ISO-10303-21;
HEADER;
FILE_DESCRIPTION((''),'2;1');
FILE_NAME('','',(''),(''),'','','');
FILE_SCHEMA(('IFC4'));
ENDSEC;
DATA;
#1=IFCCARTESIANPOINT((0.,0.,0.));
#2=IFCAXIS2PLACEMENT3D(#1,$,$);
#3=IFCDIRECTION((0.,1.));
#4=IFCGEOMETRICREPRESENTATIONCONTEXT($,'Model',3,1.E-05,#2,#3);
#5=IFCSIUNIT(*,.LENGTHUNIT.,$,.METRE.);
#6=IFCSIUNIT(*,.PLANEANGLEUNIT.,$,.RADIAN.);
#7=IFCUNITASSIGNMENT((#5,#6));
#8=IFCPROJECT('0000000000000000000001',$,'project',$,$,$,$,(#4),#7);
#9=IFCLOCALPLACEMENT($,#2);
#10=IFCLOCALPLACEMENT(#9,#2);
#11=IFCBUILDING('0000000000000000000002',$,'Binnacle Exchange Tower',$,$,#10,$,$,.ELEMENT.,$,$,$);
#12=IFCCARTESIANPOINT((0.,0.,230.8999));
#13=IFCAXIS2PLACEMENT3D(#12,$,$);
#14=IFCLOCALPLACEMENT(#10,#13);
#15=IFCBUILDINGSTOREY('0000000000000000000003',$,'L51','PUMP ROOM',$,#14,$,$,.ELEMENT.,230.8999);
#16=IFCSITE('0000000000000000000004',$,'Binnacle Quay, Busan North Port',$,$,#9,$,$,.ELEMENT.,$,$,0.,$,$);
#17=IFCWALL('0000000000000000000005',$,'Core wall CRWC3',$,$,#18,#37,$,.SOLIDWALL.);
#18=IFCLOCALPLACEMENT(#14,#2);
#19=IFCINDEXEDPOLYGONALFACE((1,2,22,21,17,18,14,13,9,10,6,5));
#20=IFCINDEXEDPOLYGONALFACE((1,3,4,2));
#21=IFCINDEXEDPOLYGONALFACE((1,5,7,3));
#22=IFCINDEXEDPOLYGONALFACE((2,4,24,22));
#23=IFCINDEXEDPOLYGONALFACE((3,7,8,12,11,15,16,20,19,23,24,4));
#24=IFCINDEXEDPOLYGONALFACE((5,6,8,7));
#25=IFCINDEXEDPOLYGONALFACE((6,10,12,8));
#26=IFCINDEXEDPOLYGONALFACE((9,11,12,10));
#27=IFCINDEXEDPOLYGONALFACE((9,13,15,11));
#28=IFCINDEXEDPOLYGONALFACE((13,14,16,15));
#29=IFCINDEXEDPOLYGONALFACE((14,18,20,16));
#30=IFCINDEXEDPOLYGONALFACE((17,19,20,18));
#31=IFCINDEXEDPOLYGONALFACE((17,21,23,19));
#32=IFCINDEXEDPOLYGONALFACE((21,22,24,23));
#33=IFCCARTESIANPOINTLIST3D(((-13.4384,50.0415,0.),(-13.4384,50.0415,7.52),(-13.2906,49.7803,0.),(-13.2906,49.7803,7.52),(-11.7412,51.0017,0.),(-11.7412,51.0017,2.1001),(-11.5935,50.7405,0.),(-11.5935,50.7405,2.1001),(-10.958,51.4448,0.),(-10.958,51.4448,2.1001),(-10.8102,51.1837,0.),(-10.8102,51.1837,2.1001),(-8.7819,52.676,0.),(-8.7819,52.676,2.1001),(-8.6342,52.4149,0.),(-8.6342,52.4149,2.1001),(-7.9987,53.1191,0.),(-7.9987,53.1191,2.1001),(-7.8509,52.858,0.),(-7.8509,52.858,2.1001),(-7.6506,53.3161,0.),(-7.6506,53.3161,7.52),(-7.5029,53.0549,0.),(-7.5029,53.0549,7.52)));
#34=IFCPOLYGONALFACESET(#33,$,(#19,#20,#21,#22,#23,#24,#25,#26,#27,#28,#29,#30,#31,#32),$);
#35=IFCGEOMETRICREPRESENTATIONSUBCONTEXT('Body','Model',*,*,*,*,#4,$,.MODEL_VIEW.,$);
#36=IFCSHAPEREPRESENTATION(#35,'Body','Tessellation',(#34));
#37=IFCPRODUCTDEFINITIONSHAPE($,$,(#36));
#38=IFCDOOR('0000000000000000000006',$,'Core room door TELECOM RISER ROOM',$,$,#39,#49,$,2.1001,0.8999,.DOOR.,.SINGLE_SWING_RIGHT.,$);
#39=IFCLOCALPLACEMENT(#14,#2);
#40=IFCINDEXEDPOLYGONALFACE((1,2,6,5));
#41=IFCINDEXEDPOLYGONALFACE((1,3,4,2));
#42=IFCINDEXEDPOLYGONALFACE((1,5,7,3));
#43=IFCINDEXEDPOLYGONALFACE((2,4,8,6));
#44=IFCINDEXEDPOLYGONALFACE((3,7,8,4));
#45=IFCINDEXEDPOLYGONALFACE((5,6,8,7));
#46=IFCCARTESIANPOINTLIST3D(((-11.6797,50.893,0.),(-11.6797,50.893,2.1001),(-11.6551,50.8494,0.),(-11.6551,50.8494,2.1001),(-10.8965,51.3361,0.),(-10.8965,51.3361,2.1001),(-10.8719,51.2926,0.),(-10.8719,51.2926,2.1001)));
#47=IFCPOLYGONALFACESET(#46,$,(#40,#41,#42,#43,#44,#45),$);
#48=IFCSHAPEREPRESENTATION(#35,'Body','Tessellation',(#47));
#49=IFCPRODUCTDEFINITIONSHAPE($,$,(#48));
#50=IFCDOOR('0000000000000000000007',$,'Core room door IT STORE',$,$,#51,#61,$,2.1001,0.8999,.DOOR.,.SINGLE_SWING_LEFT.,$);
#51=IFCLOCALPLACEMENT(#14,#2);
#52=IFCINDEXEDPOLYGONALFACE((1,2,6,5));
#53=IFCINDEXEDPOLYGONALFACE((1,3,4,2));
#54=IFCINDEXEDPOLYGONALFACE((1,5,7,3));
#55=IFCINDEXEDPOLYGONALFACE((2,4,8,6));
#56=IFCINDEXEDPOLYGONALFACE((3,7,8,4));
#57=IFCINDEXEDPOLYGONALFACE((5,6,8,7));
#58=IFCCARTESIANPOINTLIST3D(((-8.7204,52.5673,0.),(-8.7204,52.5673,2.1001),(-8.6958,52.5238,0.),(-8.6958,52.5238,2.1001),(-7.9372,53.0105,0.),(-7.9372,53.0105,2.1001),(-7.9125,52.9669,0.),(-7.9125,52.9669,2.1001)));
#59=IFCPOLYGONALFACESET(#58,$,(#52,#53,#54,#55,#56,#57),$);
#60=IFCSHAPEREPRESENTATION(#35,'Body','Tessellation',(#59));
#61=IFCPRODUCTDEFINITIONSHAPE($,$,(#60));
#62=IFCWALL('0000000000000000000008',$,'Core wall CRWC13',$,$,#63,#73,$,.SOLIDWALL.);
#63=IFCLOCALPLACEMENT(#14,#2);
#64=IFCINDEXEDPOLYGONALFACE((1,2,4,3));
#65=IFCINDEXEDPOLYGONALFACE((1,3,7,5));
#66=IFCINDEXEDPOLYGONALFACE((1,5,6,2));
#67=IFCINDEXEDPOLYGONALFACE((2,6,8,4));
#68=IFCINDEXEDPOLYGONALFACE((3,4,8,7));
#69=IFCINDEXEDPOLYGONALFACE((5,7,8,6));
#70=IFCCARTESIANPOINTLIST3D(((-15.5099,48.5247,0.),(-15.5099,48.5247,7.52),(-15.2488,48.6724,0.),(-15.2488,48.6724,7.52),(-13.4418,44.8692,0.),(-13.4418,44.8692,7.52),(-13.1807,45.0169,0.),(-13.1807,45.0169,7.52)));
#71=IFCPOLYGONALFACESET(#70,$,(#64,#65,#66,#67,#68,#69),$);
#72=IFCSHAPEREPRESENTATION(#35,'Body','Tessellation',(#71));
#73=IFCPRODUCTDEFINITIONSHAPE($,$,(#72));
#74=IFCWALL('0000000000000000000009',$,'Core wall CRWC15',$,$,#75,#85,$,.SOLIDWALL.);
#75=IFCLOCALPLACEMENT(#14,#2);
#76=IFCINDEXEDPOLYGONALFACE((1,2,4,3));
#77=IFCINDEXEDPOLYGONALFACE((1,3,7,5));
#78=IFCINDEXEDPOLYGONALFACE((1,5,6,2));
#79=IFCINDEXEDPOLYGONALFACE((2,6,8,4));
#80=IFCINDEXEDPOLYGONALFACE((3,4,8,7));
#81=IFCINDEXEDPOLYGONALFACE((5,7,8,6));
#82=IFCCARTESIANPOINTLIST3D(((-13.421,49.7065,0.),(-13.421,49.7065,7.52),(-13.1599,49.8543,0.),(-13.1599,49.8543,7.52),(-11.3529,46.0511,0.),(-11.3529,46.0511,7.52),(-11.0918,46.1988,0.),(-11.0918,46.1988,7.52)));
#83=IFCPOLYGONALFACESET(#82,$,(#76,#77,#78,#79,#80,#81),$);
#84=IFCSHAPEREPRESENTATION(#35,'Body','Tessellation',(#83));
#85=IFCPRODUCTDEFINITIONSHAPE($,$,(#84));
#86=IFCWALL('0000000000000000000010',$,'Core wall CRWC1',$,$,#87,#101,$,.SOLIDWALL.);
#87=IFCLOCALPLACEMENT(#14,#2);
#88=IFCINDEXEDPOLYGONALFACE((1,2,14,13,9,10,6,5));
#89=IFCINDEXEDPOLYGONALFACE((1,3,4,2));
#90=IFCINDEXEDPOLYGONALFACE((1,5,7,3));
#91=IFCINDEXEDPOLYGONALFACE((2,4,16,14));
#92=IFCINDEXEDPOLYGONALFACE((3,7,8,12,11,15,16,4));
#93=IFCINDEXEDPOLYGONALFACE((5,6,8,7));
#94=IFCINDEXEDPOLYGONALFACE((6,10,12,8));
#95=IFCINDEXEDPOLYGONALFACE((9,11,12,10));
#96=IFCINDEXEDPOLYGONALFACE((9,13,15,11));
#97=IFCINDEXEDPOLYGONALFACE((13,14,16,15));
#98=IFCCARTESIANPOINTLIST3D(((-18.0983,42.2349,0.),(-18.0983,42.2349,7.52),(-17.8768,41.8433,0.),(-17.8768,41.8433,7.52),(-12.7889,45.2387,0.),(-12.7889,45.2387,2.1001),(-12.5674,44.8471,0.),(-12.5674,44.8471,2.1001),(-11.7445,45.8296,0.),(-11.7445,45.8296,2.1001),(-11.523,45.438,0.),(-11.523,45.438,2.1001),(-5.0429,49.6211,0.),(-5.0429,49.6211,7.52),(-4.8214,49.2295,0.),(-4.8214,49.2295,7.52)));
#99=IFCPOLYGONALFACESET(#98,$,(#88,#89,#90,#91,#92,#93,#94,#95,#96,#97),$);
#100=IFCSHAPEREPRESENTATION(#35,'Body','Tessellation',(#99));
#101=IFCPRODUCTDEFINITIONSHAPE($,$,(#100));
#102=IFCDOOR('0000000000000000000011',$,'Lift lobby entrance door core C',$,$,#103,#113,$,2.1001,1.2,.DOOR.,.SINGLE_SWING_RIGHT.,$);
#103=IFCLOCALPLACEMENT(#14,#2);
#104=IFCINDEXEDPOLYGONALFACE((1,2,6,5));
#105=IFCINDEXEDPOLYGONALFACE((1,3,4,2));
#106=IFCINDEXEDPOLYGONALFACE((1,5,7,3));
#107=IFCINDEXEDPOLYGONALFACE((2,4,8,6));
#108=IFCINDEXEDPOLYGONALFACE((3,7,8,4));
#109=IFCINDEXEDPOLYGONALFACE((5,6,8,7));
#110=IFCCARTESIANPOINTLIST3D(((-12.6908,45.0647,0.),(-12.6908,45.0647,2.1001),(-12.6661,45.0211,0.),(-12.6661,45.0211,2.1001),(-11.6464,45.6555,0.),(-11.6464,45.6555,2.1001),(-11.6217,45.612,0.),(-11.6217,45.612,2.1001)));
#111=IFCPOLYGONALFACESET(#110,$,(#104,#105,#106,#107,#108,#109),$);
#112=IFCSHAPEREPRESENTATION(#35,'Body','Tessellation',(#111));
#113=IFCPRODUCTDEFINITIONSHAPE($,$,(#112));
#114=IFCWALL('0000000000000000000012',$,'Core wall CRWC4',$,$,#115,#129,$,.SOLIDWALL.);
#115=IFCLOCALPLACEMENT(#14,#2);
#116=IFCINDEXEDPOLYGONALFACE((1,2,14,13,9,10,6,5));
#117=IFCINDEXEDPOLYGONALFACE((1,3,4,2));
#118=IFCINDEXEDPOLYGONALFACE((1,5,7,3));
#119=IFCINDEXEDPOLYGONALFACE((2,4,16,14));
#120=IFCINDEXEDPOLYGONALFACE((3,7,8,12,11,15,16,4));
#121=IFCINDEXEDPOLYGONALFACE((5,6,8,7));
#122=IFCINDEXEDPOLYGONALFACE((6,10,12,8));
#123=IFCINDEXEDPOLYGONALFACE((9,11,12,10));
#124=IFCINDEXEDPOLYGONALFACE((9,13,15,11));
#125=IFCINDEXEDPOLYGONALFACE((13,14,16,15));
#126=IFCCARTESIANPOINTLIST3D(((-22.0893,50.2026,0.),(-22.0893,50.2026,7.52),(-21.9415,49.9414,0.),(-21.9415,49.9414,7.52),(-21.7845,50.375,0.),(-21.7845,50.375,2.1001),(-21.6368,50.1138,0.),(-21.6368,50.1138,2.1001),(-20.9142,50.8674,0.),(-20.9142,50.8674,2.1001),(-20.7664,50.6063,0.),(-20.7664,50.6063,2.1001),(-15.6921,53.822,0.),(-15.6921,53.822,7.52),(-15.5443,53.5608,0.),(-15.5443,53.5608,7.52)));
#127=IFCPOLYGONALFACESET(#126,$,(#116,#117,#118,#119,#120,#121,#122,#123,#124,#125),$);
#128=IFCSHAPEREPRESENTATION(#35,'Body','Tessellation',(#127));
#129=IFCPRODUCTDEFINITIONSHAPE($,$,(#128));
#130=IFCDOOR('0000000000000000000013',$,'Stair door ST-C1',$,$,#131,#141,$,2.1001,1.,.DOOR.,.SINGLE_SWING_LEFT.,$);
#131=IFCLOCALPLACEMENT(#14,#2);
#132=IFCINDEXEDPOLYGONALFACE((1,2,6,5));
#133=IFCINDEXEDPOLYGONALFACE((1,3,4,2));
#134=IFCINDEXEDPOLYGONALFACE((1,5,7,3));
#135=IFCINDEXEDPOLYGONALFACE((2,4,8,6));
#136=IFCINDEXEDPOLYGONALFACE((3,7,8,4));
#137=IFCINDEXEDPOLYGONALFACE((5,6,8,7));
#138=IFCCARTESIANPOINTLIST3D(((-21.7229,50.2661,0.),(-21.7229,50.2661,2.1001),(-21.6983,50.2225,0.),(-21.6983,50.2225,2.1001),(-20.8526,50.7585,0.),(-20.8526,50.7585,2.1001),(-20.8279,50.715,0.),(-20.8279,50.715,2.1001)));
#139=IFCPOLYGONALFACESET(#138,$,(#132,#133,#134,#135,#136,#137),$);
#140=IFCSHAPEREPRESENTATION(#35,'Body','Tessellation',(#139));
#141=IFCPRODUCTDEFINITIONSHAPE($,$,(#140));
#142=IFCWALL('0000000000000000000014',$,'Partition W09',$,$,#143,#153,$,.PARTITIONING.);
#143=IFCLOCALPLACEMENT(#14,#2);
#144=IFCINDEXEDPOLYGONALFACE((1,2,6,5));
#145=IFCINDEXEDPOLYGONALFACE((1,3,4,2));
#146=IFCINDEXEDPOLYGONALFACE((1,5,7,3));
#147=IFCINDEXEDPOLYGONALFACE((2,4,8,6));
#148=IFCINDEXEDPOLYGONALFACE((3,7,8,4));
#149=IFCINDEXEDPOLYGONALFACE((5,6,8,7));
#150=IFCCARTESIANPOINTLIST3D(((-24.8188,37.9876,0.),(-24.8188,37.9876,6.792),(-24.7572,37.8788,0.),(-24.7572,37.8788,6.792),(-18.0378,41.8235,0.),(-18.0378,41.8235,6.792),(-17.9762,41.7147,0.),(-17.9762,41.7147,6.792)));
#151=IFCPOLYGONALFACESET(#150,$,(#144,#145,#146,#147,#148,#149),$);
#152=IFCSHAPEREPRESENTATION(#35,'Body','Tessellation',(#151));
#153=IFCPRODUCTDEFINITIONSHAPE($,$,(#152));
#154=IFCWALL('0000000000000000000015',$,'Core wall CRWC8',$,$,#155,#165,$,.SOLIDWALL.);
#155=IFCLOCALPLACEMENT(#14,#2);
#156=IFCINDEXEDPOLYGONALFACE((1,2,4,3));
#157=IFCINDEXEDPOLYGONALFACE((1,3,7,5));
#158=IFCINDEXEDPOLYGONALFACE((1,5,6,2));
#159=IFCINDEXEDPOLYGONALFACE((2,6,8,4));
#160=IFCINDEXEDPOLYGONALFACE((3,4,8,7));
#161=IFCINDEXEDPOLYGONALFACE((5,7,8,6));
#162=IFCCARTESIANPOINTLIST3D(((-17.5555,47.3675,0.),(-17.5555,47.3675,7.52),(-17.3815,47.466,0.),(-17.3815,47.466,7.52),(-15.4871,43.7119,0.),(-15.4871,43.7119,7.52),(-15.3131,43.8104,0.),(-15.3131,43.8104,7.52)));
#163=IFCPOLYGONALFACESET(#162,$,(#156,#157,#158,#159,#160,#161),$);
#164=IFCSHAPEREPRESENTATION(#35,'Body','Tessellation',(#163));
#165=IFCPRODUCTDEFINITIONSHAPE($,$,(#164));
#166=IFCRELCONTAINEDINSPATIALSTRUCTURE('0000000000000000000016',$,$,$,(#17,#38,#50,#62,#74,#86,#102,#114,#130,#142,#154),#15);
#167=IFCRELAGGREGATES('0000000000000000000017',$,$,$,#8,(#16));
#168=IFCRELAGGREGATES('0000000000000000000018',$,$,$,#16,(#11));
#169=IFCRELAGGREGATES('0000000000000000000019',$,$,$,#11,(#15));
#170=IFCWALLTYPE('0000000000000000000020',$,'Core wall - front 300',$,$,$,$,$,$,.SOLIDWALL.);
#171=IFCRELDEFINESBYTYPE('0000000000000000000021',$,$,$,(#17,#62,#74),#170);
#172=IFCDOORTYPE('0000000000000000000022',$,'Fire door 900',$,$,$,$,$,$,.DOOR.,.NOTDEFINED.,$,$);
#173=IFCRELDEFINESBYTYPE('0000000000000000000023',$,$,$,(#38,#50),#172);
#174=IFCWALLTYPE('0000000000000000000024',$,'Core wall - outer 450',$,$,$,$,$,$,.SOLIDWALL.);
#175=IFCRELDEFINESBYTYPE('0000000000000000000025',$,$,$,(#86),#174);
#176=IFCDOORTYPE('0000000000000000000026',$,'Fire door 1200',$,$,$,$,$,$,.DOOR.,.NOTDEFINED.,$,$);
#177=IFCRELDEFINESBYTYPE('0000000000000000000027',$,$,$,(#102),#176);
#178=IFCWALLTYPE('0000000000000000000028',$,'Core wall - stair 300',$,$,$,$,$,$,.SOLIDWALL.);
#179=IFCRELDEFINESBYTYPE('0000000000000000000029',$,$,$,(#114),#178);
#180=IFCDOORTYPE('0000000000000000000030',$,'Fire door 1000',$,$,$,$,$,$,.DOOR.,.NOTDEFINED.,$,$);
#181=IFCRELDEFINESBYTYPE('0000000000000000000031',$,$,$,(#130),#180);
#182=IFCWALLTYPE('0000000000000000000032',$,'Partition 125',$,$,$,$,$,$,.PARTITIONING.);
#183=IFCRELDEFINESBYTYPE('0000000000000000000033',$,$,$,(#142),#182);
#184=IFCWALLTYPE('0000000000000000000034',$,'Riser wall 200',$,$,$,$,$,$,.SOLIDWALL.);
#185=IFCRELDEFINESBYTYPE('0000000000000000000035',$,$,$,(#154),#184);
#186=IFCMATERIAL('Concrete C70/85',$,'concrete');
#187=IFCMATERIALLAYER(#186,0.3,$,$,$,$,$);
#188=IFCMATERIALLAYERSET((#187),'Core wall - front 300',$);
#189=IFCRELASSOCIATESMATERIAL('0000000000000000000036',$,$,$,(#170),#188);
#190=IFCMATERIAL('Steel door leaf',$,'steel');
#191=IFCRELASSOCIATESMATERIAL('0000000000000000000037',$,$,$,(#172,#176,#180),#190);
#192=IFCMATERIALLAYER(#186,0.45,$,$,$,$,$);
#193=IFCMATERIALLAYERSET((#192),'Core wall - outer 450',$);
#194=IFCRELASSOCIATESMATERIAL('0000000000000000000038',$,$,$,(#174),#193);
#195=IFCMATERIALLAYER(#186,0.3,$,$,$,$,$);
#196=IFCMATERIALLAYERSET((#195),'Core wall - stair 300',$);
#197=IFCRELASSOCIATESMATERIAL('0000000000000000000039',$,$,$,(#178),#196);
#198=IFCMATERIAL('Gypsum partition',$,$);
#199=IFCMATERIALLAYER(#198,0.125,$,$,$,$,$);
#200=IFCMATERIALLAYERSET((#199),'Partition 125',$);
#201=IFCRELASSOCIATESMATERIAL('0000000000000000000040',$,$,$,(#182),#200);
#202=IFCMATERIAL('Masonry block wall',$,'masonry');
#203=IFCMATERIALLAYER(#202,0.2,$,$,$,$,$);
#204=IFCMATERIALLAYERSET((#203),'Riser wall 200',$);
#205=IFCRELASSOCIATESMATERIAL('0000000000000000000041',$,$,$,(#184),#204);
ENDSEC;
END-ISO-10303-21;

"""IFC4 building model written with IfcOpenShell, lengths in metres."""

from ifc_helpers import new_model, si_unit, direction, frame, frame_2d, origin, place, context, subcontext, project, spatial, rectangle, extrude, material, layer, layer_set, type_object, element, fill, save


model = new_model("IFC4")

# Units and contexts
model_context = context("Model", 3, precision=1e-05, world=origin(), true_north=direction((0.0, 1.0)))
body_context = subcontext(model_context, "Body", "Model", "MODEL_VIEW")
ifc_project = project(units=[si_unit("LENGTHUNIT", "METRE"), si_unit("PLANEANGLEUNIT", "RADIAN")], contexts=[model_context])

# Site, building, storey
site_placement = place(None, origin())
site = spatial("IfcSite", under=ifc_project, at=site_placement, Name="Binnacle Quay, Busan North Port", CompositionType="ELEMENT", RefElevation=0.0)
building_placement = place(site_placement, origin())
building = spatial("IfcBuilding", under=site, at=building_placement, Name="Binnacle Exchange Tower", CompositionType="ELEMENT")
storey_placement = place(building_placement, frame((0.0, 0.0, 230.8999)))
storey = spatial("IfcBuildingStorey", under=building, at=storey_placement, Name="L51", Description="PUMP ROOM", CompositionType="ELEMENT", Elevation=230.8999)

# Shared definitions
ifc_material_1 = material(Name="Concrete C70/85", Category="concrete")
ifc_layer_1 = layer(ifc_material_1, 0.3)
ifc_layer_set_1 = layer_set([ifc_layer_1], Name="Core wall - front 300")
wall_type_1 = type_object("IfcWallType", Name="Core wall - front 300", PredefinedType="SOLIDWALL", material=ifc_layer_set_1)
ifc_material_2 = material(Name="Steel door leaf", Category="steel")
door_type_1 = type_object("IfcDoorType", Name="Fire door 900", OperationType="NOTDEFINED", PredefinedType="DOOR", material=ifc_material_2)

# Wall, openings, doors
wall_1_placement = place(storey_placement, frame((-13.3645, 49.9109, 0.0), z_axis=(0.0, 0.0, 1.0), x_axis=(0.870352, 0.49243, 0.0)))
wall_1 = element("IfcWall", 1, at=wall_1_placement, inside=storey, type_object=wall_type_1, Name="Core wall CRWC3", PredefinedType="SOLIDWALL", context=body_context, shape_type="SweptSolid", body=[
    extrude(rectangle(XDim=6.6499, YDim=0.3, at=frame_2d((3.325, 0.0))), origin(), (0.0, 0.0, 1.0), 7.52),
])
opening_1_placement = place(wall_1_placement, frame((1.95, 0.0, 0.0)))
opening_1 = element("IfcOpeningElement", 2, at=opening_1_placement, cuts=wall_1, PredefinedType="OPENING", context=body_context, shape_type="SweptSolid", body=[
    extrude(rectangle(XDim=0.8999, YDim=2.1001, at=frame_2d((0.45, 1.05))), frame((0.0, 0.1599, 0.0), z_axis=(0.0, -1.0, 0.0), x_axis=(1.0, 0.0, 0.0)), (0.0, 0.0, 1.0), 0.3201),
])
opening_2_placement = place(wall_1_placement, frame((5.3501, 0.0, 0.0)))
opening_2 = element("IfcOpeningElement", 3, at=opening_2_placement, cuts=wall_1, PredefinedType="OPENING", context=body_context, shape_type="SweptSolid", body=[
    extrude(rectangle(XDim=0.8999, YDim=2.1001, at=frame_2d((0.45, 1.05))), frame((0.0, 0.1599, 0.0), z_axis=(0.0, -1.0, 0.0), x_axis=(1.0, 0.0, 0.0)), (0.0, 0.0, 1.0), 0.3201),
])
door_1_placement = place(opening_1_placement, frame((0.8999, 0.0, 0.0), z_axis=(0.0, 0.0, 1.0), x_axis=(-1.0, 0.0, 0.0)))
door_1 = element("IfcDoor", 4, at=door_1_placement, inside=storey, type_object=door_type_1, Name="Core room door TELECOM RISER ROOM", OperationType="SINGLE_SWING_RIGHT", OverallHeight=2.1001, OverallWidth=0.8999, PredefinedType="DOOR", context=body_context, shape_type="SweptSolid", body=[
    extrude(rectangle(XDim=0.8999, YDim=2.1001, at=frame_2d((0.45, 1.05))), frame((0.0, 0.0249, 0.0), z_axis=(0.0, -1.0, 0.0), x_axis=(1.0, 0.0, 0.0)), (0.0, 0.0, 1.0), 0.05),
])
fill(opening_1, door_1)
door_2_placement = place(opening_2_placement, frame((0.8999, 0.0, 0.0), z_axis=(0.0, 0.0, 1.0), x_axis=(-1.0, 0.0, 0.0)))
door_2 = element("IfcDoor", 5, at=door_2_placement, inside=storey, type_object=door_type_1, Name="Core room door IT STORE", OperationType="SINGLE_SWING_LEFT", OverallHeight=2.1001, OverallWidth=0.8999, PredefinedType="DOOR", context=body_context, shape_type="SweptSolid", body=[
    extrude(rectangle(XDim=0.8999, YDim=2.1001, at=frame_2d((0.45, 1.05))), frame((0.0, 0.0249, 0.0), z_axis=(0.0, -1.0, 0.0), x_axis=(1.0, 0.0, 0.0)), (0.0, 0.0, 1.0), 0.05),
])
fill(opening_2, door_2)

# Walls
for number, where, z_axis, x_axis, name in (
    (6, (-15.3794, 48.5986, 0.0), (0.0, 0.0, 1.0), (0.49241, -0.870364, 0.0), "Core wall CRWC13"),
    (7, (-13.2905, 49.7805, 0.0), (0.0, 0.0, 1.0), (0.49241, -0.870364, 0.0), "Core wall CRWC15"),
):
    element("IfcWall", number, at=place(storey_placement, frame(where, z_axis=z_axis, x_axis=x_axis)), inside=storey, type_object=wall_type_1, Name=name, PredefinedType="SOLIDWALL", context=body_context, shape_type="SweptSolid", body=[
        extrude(rectangle(XDim=4.2, YDim=0.3, at=frame_2d((2.1001, 0.0))), origin(), (0.0, 0.0, 1.0), 7.52),
    ])

# Walls, openings, doors
ifc_layer_2 = layer(ifc_material_1, 0.45)
ifc_layer_set_2 = layer_set([ifc_layer_2], Name="Core wall - outer 450")
wall_type_2 = type_object("IfcWallType", Name="Core wall - outer 450", PredefinedType="SOLIDWALL", material=ifc_layer_set_2)
wall_2_placement = place(storey_placement, frame((-17.9875, 42.0391, 0.0), z_axis=(0.0, 0.0, 1.0), x_axis=(0.870361, 0.492415, 0.0)))
wall_2 = element("IfcWall", 8, at=wall_2_placement, inside=storey, type_object=wall_type_2, Name="Core wall CRWC1", PredefinedType="SOLIDWALL", context=body_context, shape_type="SweptSolid", body=[
    extrude(rectangle(XDim=15.0, YDim=0.45, at=frame_2d((7.5, 0.0))), origin(), (0.0, 0.0, 1.0), 7.52),
])
opening_3_placement = place(wall_2_placement, frame((6.1001, 0.0, 0.0)))
opening_3 = element("IfcOpeningElement", 9, at=opening_3_placement, cuts=wall_2, PredefinedType="OPENING", context=body_context, shape_type="SweptSolid", body=[
    extrude(rectangle(XDim=1.2, YDim=2.1001, at=frame_2d((0.6001, 1.05))), frame((0.0, 0.2349, 0.0), z_axis=(0.0, -1.0, 0.0), x_axis=(1.0, 0.0, 0.0)), (0.0, 0.0, 1.0), 0.47),
])
door_type_2 = type_object("IfcDoorType", Name="Fire door 1200", OperationType="NOTDEFINED", PredefinedType="DOOR", material=ifc_material_2)
door_3_placement = place(opening_3_placement, frame((1.2, 0.0, 0.0), z_axis=(0.0, 0.0, 1.0), x_axis=(-1.0, 0.0, 0.0)))
door_3 = element("IfcDoor", 10, at=door_3_placement, inside=storey, type_object=door_type_2, Name="Lift lobby entrance door core C", OperationType="SINGLE_SWING_RIGHT", OverallHeight=2.1001, OverallWidth=1.2, PredefinedType="DOOR", context=body_context, shape_type="SweptSolid", body=[
    extrude(rectangle(XDim=1.2, YDim=2.1001, at=frame_2d((0.6001, 1.05))), frame((0.0, 0.0249, 0.0), z_axis=(0.0, -1.0, 0.0), x_axis=(1.0, 0.0, 0.0)), (0.0, 0.0, 1.0), 0.05),
])
fill(opening_3, door_3)
ifc_layer_3 = layer(ifc_material_1, 0.3)
ifc_layer_set_3 = layer_set([ifc_layer_3], Name="Core wall - stair 300")
wall_type_3 = type_object("IfcWallType", Name="Core wall - stair 300", PredefinedType="SOLIDWALL", material=ifc_layer_set_3)
wall_3_placement = place(storey_placement, frame((-22.0154, 50.072, 0.0), z_axis=(0.0, 0.0, 1.0), x_axis=(0.870355, 0.492425, 0.0)))
wall_3 = element("IfcWall", 11, at=wall_3_placement, inside=storey, type_object=wall_type_3, Name="Core wall CRWC4", PredefinedType="SOLIDWALL", context=body_context, shape_type="SweptSolid", body=[
    extrude(rectangle(XDim=7.3501, YDim=0.3, at=frame_2d((3.675, 0.0))), origin(), (0.0, 0.0, 1.0), 7.52),
])
opening_4_placement = place(wall_3_placement, frame((0.3501, 0.0, 0.0)))
opening_4 = element("IfcOpeningElement", 12, at=opening_4_placement, cuts=wall_3, PredefinedType="OPENING", context=body_context, shape_type="SweptSolid", body=[
    extrude(rectangle(XDim=1.0, YDim=2.1001, at=frame_2d((0.5, 1.05))), frame((0.0, 0.1599, 0.0), z_axis=(0.0, -1.0, 0.0), x_axis=(1.0, 0.0, 0.0)), (0.0, 0.0, 1.0), 0.3201),
])
door_type_3 = type_object("IfcDoorType", Name="Fire door 1000", OperationType="NOTDEFINED", PredefinedType="DOOR", material=ifc_material_2)
door_4_placement = place(opening_4_placement, origin())
door_4 = element("IfcDoor", 13, at=door_4_placement, inside=storey, type_object=door_type_3, Name="Stair door ST-C1", OperationType="SINGLE_SWING_LEFT", OverallHeight=2.1001, OverallWidth=1.0, PredefinedType="DOOR", context=body_context, shape_type="SweptSolid", body=[
    extrude(rectangle(XDim=1.0, YDim=2.1001, at=frame_2d((0.5, 1.05))), frame((0.0, 0.0249, 0.0), z_axis=(0.0, -1.0, 0.0), x_axis=(1.0, 0.0, 0.0)), (0.0, 0.0, 1.0), 0.05),
])
fill(opening_4, door_4)

# Walls
ifc_material_3 = material(Name="Gypsum partition")
ifc_layer_4 = layer(ifc_material_3, 0.125)
ifc_layer_set_4 = layer_set([ifc_layer_4], Name="Partition 125")
wall_type_4 = type_object("IfcWallType", Name="Partition 125", PredefinedType="PARTITIONING", material=ifc_layer_set_4)
wall_4_placement = place(storey_placement, frame((-24.7881, 37.9331, 0.0), z_axis=(0.0, 0.0, 1.0), x_axis=(0.870387, 0.492368, 0.0)))
element("IfcWall", 14, at=wall_4_placement, inside=storey, type_object=wall_type_4, Name="Partition W09", PredefinedType="PARTITIONING", context=body_context, shape_type="SweptSolid", body=[
    extrude(rectangle(XDim=7.7908, YDim=0.125, at=frame_2d((3.8955, 0.0))), origin(), (0.0, 0.0, 1.0), 6.792),
])
ifc_material_4 = material(Name="Masonry block wall", Category="masonry")
ifc_layer_5 = layer(ifc_material_4, 0.2)
ifc_layer_set_5 = layer_set([ifc_layer_5], Name="Riser wall 200")
wall_type_5 = type_object("IfcWallType", Name="Riser wall 200", PredefinedType="SOLIDWALL", material=ifc_layer_set_5)
for number, where, z_axis, x_axis, name in (
    (15, (-17.4685, 47.4167, 0.0), (0.0, 0.0, 1.0), (0.492454, -0.870339, 0.0), "Core wall CRWC8"),
):
    element("IfcWall", number, at=place(storey_placement, frame(where, z_axis=z_axis, x_axis=x_axis)), inside=storey, type_object=wall_type_5, Name=name, PredefinedType="SOLIDWALL", context=body_context, shape_type="SweptSolid", body=[
        extrude(rectangle(XDim=4.2002, YDim=0.2, at=frame_2d((2.1001, 0.0))), origin(), (0.0, 0.0, 1.0), 7.52),
    ])

save(model, "model.ifc")
